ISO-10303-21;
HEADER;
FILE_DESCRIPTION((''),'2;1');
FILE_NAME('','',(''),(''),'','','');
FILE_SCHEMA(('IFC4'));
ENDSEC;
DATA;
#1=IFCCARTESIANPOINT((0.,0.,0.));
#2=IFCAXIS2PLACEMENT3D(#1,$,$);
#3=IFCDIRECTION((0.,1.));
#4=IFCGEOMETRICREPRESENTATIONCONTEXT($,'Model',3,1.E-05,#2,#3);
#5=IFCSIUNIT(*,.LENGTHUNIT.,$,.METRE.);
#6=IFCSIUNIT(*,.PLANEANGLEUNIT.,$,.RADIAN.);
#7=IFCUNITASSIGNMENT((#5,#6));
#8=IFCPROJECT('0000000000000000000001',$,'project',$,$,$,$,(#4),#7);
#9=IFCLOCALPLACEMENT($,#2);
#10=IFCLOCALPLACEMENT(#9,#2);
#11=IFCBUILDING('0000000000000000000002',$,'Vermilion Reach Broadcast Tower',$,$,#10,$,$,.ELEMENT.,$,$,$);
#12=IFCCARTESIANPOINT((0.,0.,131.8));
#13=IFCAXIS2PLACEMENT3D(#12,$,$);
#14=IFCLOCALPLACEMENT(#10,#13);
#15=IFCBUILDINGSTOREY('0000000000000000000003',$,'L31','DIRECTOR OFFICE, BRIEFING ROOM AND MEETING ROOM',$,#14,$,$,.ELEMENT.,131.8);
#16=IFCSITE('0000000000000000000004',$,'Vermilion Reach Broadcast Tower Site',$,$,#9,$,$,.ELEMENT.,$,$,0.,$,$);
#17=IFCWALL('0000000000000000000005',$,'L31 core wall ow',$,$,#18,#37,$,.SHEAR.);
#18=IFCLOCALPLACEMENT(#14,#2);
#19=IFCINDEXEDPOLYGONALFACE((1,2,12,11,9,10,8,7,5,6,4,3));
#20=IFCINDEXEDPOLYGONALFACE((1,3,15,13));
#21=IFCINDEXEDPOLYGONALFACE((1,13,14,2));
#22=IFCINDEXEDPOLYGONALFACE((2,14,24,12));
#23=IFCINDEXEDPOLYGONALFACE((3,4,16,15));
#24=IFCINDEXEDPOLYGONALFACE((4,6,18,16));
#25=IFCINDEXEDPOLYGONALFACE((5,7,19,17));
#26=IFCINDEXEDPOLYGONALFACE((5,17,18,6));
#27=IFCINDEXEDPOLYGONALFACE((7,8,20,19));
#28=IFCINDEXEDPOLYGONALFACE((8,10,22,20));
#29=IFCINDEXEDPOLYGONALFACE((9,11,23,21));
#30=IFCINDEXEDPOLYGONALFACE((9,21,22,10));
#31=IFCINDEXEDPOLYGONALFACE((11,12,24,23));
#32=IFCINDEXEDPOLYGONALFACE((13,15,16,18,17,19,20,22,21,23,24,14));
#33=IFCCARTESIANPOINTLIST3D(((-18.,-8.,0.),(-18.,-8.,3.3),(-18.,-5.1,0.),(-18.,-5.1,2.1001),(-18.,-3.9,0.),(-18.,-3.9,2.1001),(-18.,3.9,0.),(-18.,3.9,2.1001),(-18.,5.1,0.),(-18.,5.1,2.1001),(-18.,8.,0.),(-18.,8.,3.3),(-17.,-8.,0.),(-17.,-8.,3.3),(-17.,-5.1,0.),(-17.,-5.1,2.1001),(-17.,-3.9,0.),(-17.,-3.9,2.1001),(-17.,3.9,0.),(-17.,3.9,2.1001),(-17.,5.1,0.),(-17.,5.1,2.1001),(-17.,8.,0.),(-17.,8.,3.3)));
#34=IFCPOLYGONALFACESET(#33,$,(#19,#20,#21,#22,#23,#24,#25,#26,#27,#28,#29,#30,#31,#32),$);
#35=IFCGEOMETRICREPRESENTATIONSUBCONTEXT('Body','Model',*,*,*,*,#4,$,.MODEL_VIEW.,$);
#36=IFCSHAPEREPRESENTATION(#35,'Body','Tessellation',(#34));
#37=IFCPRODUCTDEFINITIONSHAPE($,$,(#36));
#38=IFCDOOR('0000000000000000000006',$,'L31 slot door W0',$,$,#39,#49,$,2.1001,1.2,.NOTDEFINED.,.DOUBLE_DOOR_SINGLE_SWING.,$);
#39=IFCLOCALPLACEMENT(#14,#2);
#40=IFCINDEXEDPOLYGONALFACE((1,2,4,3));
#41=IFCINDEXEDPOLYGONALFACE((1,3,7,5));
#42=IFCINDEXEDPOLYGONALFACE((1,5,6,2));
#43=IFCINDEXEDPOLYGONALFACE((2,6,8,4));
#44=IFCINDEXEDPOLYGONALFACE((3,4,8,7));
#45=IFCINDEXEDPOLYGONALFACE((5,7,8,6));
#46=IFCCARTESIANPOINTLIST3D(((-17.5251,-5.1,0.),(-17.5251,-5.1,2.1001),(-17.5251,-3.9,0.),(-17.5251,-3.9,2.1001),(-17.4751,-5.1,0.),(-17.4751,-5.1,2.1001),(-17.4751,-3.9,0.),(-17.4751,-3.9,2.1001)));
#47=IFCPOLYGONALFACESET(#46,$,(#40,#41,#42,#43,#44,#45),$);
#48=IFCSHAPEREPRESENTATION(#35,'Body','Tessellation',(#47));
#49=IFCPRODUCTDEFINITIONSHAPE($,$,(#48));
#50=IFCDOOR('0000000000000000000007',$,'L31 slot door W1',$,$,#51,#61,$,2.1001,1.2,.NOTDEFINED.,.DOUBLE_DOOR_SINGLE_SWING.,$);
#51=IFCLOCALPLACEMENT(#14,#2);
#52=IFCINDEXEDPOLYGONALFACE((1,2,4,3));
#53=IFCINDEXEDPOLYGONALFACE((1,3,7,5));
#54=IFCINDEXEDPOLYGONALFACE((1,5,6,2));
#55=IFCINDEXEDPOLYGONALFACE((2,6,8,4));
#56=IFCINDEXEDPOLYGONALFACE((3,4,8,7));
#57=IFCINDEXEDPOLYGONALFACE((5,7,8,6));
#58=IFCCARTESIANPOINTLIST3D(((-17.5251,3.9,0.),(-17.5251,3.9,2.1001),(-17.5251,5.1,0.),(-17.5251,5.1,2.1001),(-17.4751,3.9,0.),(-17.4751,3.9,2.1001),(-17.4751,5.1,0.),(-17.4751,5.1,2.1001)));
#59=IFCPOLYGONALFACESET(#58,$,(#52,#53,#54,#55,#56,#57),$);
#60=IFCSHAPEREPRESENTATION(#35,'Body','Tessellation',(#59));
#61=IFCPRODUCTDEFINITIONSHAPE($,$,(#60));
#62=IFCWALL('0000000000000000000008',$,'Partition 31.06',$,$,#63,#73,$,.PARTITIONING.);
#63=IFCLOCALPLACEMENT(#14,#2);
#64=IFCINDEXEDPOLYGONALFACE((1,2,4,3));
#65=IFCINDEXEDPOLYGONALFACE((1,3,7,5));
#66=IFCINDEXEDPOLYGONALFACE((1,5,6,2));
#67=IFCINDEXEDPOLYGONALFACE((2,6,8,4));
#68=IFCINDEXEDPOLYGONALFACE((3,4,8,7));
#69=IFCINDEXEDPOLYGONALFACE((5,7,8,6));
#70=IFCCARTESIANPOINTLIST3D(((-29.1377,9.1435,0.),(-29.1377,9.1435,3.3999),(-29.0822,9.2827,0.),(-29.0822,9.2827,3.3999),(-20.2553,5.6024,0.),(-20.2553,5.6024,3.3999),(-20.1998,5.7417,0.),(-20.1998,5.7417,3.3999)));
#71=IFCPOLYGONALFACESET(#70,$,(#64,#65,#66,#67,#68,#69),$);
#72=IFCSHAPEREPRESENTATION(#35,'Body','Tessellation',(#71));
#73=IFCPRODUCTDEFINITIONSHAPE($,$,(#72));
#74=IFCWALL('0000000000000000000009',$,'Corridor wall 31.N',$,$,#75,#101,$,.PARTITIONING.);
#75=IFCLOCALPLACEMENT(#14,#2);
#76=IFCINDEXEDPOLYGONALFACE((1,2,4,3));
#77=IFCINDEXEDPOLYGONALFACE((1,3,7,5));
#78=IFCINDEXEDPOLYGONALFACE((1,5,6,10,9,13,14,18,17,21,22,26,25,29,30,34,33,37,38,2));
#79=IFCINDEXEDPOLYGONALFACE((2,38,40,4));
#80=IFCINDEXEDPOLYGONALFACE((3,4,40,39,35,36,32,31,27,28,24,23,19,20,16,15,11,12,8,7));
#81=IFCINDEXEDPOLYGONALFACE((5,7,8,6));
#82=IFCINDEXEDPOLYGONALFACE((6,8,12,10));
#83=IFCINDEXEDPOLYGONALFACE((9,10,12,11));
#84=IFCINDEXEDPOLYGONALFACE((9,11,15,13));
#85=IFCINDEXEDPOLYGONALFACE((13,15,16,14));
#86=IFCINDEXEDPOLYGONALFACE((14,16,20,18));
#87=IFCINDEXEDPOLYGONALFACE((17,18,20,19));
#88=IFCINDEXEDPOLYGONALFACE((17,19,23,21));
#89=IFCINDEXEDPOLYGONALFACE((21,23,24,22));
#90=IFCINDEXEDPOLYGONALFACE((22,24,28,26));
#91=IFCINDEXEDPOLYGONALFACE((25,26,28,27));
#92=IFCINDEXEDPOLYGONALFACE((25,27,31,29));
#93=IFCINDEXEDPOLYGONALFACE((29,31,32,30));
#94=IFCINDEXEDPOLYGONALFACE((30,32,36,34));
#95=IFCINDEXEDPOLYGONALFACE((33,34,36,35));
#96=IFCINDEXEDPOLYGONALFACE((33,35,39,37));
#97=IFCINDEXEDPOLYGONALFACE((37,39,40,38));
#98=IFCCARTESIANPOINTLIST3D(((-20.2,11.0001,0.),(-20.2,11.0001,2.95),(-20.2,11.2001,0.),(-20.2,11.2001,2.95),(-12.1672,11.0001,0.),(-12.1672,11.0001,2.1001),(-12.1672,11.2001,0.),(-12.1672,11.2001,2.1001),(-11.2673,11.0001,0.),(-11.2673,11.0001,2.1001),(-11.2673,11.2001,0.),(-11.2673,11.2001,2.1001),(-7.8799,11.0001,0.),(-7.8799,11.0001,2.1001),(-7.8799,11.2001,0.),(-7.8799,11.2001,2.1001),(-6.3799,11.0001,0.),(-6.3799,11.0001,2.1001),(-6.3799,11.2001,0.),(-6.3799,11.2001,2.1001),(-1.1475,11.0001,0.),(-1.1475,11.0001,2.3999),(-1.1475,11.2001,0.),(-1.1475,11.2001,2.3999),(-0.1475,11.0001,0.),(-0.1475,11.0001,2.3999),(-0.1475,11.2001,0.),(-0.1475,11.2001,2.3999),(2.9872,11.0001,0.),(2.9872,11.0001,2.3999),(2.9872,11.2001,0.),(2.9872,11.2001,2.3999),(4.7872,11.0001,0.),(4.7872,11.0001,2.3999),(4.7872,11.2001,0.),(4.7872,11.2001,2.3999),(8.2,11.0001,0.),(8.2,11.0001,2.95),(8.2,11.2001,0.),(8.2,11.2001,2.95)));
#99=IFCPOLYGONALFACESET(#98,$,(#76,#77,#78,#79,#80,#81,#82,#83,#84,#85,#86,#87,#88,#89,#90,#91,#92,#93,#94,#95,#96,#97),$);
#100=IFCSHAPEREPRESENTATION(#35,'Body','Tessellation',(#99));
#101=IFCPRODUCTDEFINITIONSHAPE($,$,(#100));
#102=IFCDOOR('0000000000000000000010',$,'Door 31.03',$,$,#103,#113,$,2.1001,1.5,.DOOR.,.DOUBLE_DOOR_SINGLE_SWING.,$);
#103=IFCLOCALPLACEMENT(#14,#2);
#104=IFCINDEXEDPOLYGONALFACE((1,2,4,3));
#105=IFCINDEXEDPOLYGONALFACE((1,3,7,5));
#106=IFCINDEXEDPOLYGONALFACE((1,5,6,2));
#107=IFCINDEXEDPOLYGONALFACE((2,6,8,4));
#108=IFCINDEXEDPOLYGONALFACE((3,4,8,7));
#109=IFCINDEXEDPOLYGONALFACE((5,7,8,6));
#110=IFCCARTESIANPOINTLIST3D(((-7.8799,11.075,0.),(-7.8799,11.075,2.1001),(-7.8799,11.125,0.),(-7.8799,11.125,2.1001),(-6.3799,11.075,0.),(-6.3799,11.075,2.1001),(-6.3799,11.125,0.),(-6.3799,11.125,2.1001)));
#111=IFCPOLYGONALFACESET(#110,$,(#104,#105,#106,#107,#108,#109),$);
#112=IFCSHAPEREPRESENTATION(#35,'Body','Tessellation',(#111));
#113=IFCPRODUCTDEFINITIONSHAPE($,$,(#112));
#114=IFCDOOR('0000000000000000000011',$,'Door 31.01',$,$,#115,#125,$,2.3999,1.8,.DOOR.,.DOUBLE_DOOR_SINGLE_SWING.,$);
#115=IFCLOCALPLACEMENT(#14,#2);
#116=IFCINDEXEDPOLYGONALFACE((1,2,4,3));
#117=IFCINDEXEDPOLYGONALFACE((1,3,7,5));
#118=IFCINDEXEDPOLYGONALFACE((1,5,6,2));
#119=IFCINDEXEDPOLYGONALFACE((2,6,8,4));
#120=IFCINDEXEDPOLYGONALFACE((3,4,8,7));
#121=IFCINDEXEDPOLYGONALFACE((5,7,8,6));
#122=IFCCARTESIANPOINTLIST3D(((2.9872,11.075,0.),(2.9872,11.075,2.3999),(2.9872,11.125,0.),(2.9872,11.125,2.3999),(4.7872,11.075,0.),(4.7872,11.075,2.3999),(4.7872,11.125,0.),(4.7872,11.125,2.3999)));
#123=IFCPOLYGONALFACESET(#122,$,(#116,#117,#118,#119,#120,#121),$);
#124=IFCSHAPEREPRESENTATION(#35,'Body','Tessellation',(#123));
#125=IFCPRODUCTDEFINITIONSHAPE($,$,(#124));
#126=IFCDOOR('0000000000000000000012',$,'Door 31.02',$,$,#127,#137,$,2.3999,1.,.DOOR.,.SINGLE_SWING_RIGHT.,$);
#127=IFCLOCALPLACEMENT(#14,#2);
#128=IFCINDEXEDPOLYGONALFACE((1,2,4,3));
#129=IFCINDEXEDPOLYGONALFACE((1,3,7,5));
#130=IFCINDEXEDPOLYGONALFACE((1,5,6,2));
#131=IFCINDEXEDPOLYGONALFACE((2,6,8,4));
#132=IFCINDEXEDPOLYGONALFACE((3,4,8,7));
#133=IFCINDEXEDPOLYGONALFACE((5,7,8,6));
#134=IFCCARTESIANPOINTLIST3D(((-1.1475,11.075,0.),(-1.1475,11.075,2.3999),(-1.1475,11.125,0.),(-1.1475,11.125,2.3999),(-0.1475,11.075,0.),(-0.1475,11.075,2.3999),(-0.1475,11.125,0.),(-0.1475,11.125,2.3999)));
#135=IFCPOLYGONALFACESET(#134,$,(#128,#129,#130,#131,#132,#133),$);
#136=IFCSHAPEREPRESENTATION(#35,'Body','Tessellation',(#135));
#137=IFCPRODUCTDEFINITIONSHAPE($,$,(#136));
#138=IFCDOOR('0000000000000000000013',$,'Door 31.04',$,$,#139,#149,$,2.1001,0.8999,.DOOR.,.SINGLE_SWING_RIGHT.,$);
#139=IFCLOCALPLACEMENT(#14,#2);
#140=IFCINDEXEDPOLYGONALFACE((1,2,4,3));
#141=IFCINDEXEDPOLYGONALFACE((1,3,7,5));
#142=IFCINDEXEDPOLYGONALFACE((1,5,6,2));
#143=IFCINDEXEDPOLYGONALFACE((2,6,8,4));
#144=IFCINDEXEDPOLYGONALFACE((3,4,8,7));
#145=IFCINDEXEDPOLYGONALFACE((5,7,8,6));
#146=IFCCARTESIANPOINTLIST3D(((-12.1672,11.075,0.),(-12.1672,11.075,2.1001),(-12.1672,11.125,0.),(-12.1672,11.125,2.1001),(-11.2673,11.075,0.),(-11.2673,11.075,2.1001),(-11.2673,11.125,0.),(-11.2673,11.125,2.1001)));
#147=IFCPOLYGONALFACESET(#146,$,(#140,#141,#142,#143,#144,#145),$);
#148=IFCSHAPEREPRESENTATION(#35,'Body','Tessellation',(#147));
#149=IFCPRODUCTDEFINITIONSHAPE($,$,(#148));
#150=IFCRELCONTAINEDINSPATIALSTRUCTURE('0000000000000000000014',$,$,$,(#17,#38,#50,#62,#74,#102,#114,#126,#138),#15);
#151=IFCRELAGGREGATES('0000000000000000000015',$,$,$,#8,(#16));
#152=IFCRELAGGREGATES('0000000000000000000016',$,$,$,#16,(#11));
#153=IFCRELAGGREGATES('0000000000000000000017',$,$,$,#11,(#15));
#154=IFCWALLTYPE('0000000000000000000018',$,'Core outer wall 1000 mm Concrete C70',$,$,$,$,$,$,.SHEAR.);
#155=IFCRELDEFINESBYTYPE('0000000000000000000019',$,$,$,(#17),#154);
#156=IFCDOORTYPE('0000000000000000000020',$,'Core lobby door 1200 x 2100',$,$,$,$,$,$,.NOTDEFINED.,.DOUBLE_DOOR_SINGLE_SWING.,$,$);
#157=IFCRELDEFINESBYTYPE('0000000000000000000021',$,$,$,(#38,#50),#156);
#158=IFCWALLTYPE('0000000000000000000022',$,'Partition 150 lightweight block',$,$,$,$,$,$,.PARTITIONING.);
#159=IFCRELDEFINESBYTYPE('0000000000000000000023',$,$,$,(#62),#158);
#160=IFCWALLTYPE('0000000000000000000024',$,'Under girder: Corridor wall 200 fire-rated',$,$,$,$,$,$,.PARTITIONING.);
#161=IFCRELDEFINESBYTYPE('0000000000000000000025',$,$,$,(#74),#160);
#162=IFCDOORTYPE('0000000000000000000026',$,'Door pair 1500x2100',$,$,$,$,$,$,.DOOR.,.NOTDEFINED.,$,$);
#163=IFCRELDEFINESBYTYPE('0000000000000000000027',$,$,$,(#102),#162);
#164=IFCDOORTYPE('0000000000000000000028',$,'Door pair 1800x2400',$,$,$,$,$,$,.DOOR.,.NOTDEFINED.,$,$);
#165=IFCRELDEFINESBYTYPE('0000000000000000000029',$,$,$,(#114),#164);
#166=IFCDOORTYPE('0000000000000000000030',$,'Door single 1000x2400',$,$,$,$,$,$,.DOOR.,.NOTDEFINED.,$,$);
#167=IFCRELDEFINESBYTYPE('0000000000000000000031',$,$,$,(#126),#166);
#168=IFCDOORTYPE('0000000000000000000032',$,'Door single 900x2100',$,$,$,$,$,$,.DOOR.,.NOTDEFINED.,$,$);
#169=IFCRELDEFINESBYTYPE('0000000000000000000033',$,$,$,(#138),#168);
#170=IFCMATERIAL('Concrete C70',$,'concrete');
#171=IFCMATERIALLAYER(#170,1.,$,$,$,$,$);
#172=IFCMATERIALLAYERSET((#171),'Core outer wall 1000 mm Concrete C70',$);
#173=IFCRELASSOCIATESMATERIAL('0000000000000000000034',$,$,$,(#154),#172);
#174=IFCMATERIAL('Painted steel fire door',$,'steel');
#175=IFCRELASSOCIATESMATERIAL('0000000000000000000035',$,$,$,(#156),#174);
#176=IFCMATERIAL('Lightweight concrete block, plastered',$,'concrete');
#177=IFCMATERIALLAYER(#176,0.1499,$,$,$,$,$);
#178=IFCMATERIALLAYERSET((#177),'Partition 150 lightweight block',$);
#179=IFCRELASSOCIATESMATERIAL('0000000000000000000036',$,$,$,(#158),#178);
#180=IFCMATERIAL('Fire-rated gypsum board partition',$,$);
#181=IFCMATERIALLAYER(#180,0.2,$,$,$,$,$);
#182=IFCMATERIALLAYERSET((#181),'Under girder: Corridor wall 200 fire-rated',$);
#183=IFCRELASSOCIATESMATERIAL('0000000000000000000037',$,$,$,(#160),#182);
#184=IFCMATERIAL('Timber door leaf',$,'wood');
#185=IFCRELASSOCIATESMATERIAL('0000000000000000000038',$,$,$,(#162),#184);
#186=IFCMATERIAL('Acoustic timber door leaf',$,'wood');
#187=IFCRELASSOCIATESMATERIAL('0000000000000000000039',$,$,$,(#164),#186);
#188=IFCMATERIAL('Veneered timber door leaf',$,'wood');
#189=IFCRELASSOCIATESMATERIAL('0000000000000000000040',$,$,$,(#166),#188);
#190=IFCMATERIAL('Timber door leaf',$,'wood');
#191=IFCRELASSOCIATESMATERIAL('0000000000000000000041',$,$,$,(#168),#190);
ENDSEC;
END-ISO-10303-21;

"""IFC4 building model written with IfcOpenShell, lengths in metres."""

from ifc_helpers import new_model, si_unit, direction, frame, frame_2d, origin, place, context, subcontext, project, spatial, rectangle, extrude, material, layer, layer_set, type_object, element, fill, save


model = new_model("IFC4")

# Units and contexts
model_context = context("Model", 3, precision=1e-05, world=origin(), true_north=direction((0.0, 1.0)))
body_context = subcontext(model_context, "Body", "Model", "MODEL_VIEW")
ifc_project = project(units=[si_unit("LENGTHUNIT", "METRE"), si_unit("PLANEANGLEUNIT", "RADIAN")], contexts=[model_context])

# Site, building, storey
site_placement = place(None, origin())
site = spatial("IfcSite", under=ifc_project, at=site_placement, Name="Vermilion Reach Broadcast Tower Site", CompositionType="ELEMENT", RefElevation=0.0)
building_placement = place(site_placement, origin())
building = spatial("IfcBuilding", under=site, at=building_placement, Name="Vermilion Reach Broadcast Tower", CompositionType="ELEMENT")
storey_placement = place(building_placement, frame((0.0, 0.0, 131.8)))
storey = spatial("IfcBuildingStorey", under=building, at=storey_placement, Name="L31", Description="DIRECTOR OFFICE, BRIEFING ROOM AND MEETING ROOM", CompositionType="ELEMENT", Elevation=131.8)

# Wall, openings, doors
ifc_material_1 = material(Name="Concrete C70", Category="concrete")
ifc_layer_1 = layer(ifc_material_1, 1.0)
ifc_layer_set_1 = layer_set([ifc_layer_1], Name="Core outer wall 1000 mm Concrete C70")
wall_type_1 = type_object("IfcWallType", Name="Core outer wall 1000 mm Concrete C70", PredefinedType="SHEAR", material=ifc_layer_set_1)
wall_1_placement = place(storey_placement, frame((-17.5, 8.0, 0.0), z_axis=(0.0, 0.0, 1.0), x_axis=(0.0, -1.0, 0.0)))
wall_1 = element("IfcWall", 1, at=wall_1_placement, inside=storey, type_object=wall_type_1, Name="L31 core wall ow", PredefinedType="SHEAR", context=body_context, shape_type="SweptSolid", body=[
    extrude(rectangle(XDim=16.0, YDim=1.0, at=frame_2d((8.0, 0.0))), origin(), (0.0, 0.0, 1.0), 3.3),
])
opening_1_placement = place(wall_1_placement, frame((11.8999, 0.0, 0.0)))
opening_1 = element("IfcOpeningElement", 2, at=opening_1_placement, cuts=wall_1, PredefinedType="OPENING", context=body_context, shape_type="SweptSolid", body=[
    extrude(rectangle(XDim=1.2, YDim=2.1001, at=frame_2d((0.6001, 1.05))), frame((0.0, 0.51, 0.0), z_axis=(0.0, -1.0, 0.0), x_axis=(1.0, 0.0, 0.0)), (0.0, 0.0, 1.0), 1.02),
])
opening_2_placement = place(wall_1_placement, frame((2.8999, 0.0, 0.0)))
opening_2 = element("IfcOpeningElement", 3, at=opening_2_placement, cuts=wall_1, PredefinedType="OPENING", context=body_context, shape_type="SweptSolid", body=[
    extrude(rectangle(XDim=1.2, YDim=2.1001, at=frame_2d((0.6001, 1.05))), frame((0.0, 0.51, 0.0), z_axis=(0.0, -1.0, 0.0), x_axis=(1.0, 0.0, 0.0)), (0.0, 0.0, 1.0), 1.02),
])
ifc_material_2 = material(Name="Painted steel fire door", Category="steel")
door_type_1 = type_object("IfcDoorType", Name="Core lobby door 1200 x 2100", OperationType="DOUBLE_DOOR_SINGLE_SWING", PredefinedType="NOTDEFINED", material=ifc_material_2)
door_1_placement = place(opening_1_placement, origin())
door_1 = element("IfcDoor", 4, at=door_1_placement, inside=storey, type_object=door_type_1, Name="L31 slot door W0", OperationType="DOUBLE_DOOR_SINGLE_SWING", OverallHeight=2.1001, OverallWidth=1.2, PredefinedType="NOTDEFINED", context=body_context, shape_type="SweptSolid", body=[
    extrude(rectangle(XDim=1.2, YDim=2.1001, at=frame_2d((0.6001, 1.05))), frame((0.0, 0.0249, 0.0), z_axis=(0.0, -1.0, 0.0), x_axis=(1.0, 0.0, 0.0)), (0.0, 0.0, 1.0), 0.05),
])
fill(opening_1, door_1)
door_2_placement = place(opening_2_placement, origin())
door_2 = element("IfcDoor", 5, at=door_2_placement, inside=storey, type_object=door_type_1, Name="L31 slot door W1", OperationType="DOUBLE_DOOR_SINGLE_SWING", OverallHeight=2.1001, OverallWidth=1.2, PredefinedType="NOTDEFINED", context=body_context, shape_type="SweptSolid", body=[
    extrude(rectangle(XDim=1.2, YDim=2.1001, at=frame_2d((0.6001, 1.05))), frame((0.0, 0.0249, 0.0), z_axis=(0.0, -1.0, 0.0), x_axis=(1.0, 0.0, 0.0)), (0.0, 0.0, 1.0), 0.05),
])
fill(opening_2, door_2)

# Wall
ifc_material_3 = material(Name="Lightweight concrete block, plastered", Category="concrete")
ifc_layer_2 = layer(ifc_material_3, 0.1499)
ifc_layer_set_2 = layer_set([ifc_layer_2], Name="Partition 150 lightweight block")
wall_type_2 = type_object("IfcWallType", Name="Partition 150 lightweight block", PredefinedType="PARTITIONING", material=ifc_layer_set_2)
wall_2_placement = place(storey_placement, frame((-29.1101, 9.2131, 0.0), z_axis=(0.0, 0.0, 1.0), x_axis=(0.928906, -0.370316, 0.0)))
element("IfcWall", 6, at=wall_2_placement, inside=storey, type_object=wall_type_2, Name="Partition 31.06", PredefinedType="PARTITIONING", context=body_context, shape_type="SweptSolid", body=[
    extrude(rectangle(XDim=9.5623, YDim=0.1499, at=frame_2d((4.7812, 0.0))), origin(), (0.0, 0.0, 1.0), 3.3999),
])

# Wall, openings, doors
ifc_material_4 = material(Name="Fire-rated gypsum board partition")
ifc_layer_3 = layer(ifc_material_4, 0.2)
ifc_layer_set_3 = layer_set([ifc_layer_3], Name="Under girder: Corridor wall 200 fire-rated")
wall_type_3 = type_object("IfcWallType", Name="Under girder: Corridor wall 200 fire-rated", PredefinedType="PARTITIONING", material=ifc_layer_set_3)
wall_3_placement = place(storey_placement, frame((-20.2, 11.1001, 0.0), z_axis=(0.0, 0.0, 1.0), x_axis=(1.0, 0.0, 0.0)))
wall_3 = element("IfcWall", 7, at=wall_3_placement, inside=storey, type_object=wall_type_3, Name="Corridor wall 31.N", PredefinedType="PARTITIONING", context=body_context, shape_type="SweptSolid", body=[
    extrude(rectangle(XDim=28.3999, YDim=0.2, at=frame_2d((14.2, 0.0))), origin(), (0.0, 0.0, 1.0), 2.95),
])
opening_3_placement = place(wall_3_placement, frame((23.1873, 0.0, 0.0)))
opening_3 = element("IfcOpeningElement", 8, at=opening_3_placement, cuts=wall_3, PredefinedType="OPENING", context=body_context, shape_type="SweptSolid", body=[
    extrude(rectangle(XDim=1.8, YDim=2.3999, at=frame_2d((0.8999, 1.2))), frame((0.0, 0.1099, 0.0), z_axis=(0.0, -1.0, 0.0), x_axis=(1.0, 0.0, 0.0)), (0.0, 0.0, 1.0), 0.22),
])
opening_4_placement = place(wall_3_placement, frame((19.0525, 0.0, 0.0)))
opening_4 = element("IfcOpeningElement", 9, at=opening_4_placement, cuts=wall_3, PredefinedType="OPENING", context=body_context, shape_type="SweptSolid", body=[
    extrude(rectangle(XDim=1.0, YDim=2.3999, at=frame_2d((0.5, 1.2))), frame((0.0, 0.1099, 0.0), z_axis=(0.0, -1.0, 0.0), x_axis=(1.0, 0.0, 0.0)), (0.0, 0.0, 1.0), 0.22),
])
opening_5_placement = place(wall_3_placement, frame((12.3201, 0.0, 0.0)))
opening_5 = element("IfcOpeningElement", 10, at=opening_5_placement, cuts=wall_3, PredefinedType="OPENING", context=body_context, shape_type="SweptSolid", body=[
    extrude(rectangle(XDim=1.5, YDim=2.1001, at=frame_2d((0.75, 1.05))), frame((0.0, 0.1099, 0.0), z_axis=(0.0, -1.0, 0.0), x_axis=(1.0, 0.0, 0.0)), (0.0, 0.0, 1.0), 0.22),
])
opening_6_placement = place(wall_3_placement, frame((8.0327, 0.0, 0.0)))
opening_6 = element("IfcOpeningElement", 11, at=opening_6_placement, cuts=wall_3, PredefinedType="OPENING", context=body_context, shape_type="SweptSolid", body=[
    extrude(rectangle(XDim=0.8999, YDim=2.1001, at=frame_2d((0.45, 1.05))), frame((0.0, 0.1099, 0.0), z_axis=(0.0, -1.0, 0.0), x_axis=(1.0, 0.0, 0.0)), (0.0, 0.0, 1.0), 0.22),
])
ifc_material_5 = material(Name="Timber door leaf", Category="wood")
door_type_2 = type_object("IfcDoorType", Name="Door pair 1500x2100", OperationType="NOTDEFINED", PredefinedType="DOOR", material=ifc_material_5)
door_3_placement = place(opening_5_placement, origin())
door_3 = element("IfcDoor", 12, at=door_3_placement, inside=storey, type_object=door_type_2, Name="Door 31.03", OperationType="DOUBLE_DOOR_SINGLE_SWING", OverallHeight=2.1001, OverallWidth=1.5, PredefinedType="DOOR", context=body_context, shape_type="SweptSolid", body=[
    extrude(rectangle(XDim=1.5, YDim=2.1001, at=frame_2d((0.75, 1.05))), frame((0.0, 0.0249, 0.0), z_axis=(0.0, -1.0, 0.0), x_axis=(1.0, 0.0, 0.0)), (0.0, 0.0, 1.0), 0.05),
])
fill(opening_5, door_3)
ifc_material_6 = material(Name="Acoustic timber door leaf", Category="wood")
door_type_3 = type_object("IfcDoorType", Name="Door pair 1800x2400", OperationType="NOTDEFINED", PredefinedType="DOOR", material=ifc_material_6)
door_4_placement = place(opening_3_placement, origin())
door_4 = element("IfcDoor", 13, at=door_4_placement, inside=storey, type_object=door_type_3, Name="Door 31.01", OperationType="DOUBLE_DOOR_SINGLE_SWING", OverallHeight=2.3999, OverallWidth=1.8, PredefinedType="DOOR", context=body_context, shape_type="SweptSolid", body=[
    extrude(rectangle(XDim=1.8, YDim=2.3999, at=frame_2d((0.8999, 1.2))), frame((0.0, 0.0249, 0.0), z_axis=(0.0, -1.0, 0.0), x_axis=(1.0, 0.0, 0.0)), (0.0, 0.0, 1.0), 0.05),
])
fill(opening_3, door_4)
ifc_material_7 = material(Name="Veneered timber door leaf", Category="wood")
door_type_4 = type_object("IfcDoorType", Name="Door single 1000x2400", OperationType="NOTDEFINED", PredefinedType="DOOR", material=ifc_material_7)
door_5_placement = place(opening_4_placement, origin())
door_5 = element("IfcDoor", 14, at=door_5_placement, inside=storey, type_object=door_type_4, Name="Door 31.02", OperationType="SINGLE_SWING_RIGHT", OverallHeight=2.3999, OverallWidth=1.0, PredefinedType="DOOR", context=body_context, shape_type="SweptSolid", body=[
    extrude(rectangle(XDim=1.0, YDim=2.3999, at=frame_2d((0.5, 1.2))), frame((0.0, 0.0249, 0.0), z_axis=(0.0, -1.0, 0.0), x_axis=(1.0, 0.0, 0.0)), (0.0, 0.0, 1.0), 0.05),
])
fill(opening_4, door_5)
ifc_material_8 = material(Name="Timber door leaf", Category="wood")
door_type_5 = type_object("IfcDoorType", Name="Door single 900x2100", OperationType="NOTDEFINED", PredefinedType="DOOR", material=ifc_material_8)
door_6_placement = place(opening_6_placement, origin())
door_6 = element("IfcDoor", 15, at=door_6_placement, inside=storey, type_object=door_type_5, Name="Door 31.04", OperationType="SINGLE_SWING_RIGHT", OverallHeight=2.1001, OverallWidth=0.8999, PredefinedType="DOOR", context=body_context, shape_type="SweptSolid", body=[
    extrude(rectangle(XDim=0.8999, YDim=2.1001, at=frame_2d((0.45, 1.05))), frame((0.0, 0.0249, 0.0), z_axis=(0.0, -1.0, 0.0), x_axis=(1.0, 0.0, 0.0)), (0.0, 0.0, 1.0), 0.05),
])
fill(opening_6, door_6)

save(model, "model.ifc")
